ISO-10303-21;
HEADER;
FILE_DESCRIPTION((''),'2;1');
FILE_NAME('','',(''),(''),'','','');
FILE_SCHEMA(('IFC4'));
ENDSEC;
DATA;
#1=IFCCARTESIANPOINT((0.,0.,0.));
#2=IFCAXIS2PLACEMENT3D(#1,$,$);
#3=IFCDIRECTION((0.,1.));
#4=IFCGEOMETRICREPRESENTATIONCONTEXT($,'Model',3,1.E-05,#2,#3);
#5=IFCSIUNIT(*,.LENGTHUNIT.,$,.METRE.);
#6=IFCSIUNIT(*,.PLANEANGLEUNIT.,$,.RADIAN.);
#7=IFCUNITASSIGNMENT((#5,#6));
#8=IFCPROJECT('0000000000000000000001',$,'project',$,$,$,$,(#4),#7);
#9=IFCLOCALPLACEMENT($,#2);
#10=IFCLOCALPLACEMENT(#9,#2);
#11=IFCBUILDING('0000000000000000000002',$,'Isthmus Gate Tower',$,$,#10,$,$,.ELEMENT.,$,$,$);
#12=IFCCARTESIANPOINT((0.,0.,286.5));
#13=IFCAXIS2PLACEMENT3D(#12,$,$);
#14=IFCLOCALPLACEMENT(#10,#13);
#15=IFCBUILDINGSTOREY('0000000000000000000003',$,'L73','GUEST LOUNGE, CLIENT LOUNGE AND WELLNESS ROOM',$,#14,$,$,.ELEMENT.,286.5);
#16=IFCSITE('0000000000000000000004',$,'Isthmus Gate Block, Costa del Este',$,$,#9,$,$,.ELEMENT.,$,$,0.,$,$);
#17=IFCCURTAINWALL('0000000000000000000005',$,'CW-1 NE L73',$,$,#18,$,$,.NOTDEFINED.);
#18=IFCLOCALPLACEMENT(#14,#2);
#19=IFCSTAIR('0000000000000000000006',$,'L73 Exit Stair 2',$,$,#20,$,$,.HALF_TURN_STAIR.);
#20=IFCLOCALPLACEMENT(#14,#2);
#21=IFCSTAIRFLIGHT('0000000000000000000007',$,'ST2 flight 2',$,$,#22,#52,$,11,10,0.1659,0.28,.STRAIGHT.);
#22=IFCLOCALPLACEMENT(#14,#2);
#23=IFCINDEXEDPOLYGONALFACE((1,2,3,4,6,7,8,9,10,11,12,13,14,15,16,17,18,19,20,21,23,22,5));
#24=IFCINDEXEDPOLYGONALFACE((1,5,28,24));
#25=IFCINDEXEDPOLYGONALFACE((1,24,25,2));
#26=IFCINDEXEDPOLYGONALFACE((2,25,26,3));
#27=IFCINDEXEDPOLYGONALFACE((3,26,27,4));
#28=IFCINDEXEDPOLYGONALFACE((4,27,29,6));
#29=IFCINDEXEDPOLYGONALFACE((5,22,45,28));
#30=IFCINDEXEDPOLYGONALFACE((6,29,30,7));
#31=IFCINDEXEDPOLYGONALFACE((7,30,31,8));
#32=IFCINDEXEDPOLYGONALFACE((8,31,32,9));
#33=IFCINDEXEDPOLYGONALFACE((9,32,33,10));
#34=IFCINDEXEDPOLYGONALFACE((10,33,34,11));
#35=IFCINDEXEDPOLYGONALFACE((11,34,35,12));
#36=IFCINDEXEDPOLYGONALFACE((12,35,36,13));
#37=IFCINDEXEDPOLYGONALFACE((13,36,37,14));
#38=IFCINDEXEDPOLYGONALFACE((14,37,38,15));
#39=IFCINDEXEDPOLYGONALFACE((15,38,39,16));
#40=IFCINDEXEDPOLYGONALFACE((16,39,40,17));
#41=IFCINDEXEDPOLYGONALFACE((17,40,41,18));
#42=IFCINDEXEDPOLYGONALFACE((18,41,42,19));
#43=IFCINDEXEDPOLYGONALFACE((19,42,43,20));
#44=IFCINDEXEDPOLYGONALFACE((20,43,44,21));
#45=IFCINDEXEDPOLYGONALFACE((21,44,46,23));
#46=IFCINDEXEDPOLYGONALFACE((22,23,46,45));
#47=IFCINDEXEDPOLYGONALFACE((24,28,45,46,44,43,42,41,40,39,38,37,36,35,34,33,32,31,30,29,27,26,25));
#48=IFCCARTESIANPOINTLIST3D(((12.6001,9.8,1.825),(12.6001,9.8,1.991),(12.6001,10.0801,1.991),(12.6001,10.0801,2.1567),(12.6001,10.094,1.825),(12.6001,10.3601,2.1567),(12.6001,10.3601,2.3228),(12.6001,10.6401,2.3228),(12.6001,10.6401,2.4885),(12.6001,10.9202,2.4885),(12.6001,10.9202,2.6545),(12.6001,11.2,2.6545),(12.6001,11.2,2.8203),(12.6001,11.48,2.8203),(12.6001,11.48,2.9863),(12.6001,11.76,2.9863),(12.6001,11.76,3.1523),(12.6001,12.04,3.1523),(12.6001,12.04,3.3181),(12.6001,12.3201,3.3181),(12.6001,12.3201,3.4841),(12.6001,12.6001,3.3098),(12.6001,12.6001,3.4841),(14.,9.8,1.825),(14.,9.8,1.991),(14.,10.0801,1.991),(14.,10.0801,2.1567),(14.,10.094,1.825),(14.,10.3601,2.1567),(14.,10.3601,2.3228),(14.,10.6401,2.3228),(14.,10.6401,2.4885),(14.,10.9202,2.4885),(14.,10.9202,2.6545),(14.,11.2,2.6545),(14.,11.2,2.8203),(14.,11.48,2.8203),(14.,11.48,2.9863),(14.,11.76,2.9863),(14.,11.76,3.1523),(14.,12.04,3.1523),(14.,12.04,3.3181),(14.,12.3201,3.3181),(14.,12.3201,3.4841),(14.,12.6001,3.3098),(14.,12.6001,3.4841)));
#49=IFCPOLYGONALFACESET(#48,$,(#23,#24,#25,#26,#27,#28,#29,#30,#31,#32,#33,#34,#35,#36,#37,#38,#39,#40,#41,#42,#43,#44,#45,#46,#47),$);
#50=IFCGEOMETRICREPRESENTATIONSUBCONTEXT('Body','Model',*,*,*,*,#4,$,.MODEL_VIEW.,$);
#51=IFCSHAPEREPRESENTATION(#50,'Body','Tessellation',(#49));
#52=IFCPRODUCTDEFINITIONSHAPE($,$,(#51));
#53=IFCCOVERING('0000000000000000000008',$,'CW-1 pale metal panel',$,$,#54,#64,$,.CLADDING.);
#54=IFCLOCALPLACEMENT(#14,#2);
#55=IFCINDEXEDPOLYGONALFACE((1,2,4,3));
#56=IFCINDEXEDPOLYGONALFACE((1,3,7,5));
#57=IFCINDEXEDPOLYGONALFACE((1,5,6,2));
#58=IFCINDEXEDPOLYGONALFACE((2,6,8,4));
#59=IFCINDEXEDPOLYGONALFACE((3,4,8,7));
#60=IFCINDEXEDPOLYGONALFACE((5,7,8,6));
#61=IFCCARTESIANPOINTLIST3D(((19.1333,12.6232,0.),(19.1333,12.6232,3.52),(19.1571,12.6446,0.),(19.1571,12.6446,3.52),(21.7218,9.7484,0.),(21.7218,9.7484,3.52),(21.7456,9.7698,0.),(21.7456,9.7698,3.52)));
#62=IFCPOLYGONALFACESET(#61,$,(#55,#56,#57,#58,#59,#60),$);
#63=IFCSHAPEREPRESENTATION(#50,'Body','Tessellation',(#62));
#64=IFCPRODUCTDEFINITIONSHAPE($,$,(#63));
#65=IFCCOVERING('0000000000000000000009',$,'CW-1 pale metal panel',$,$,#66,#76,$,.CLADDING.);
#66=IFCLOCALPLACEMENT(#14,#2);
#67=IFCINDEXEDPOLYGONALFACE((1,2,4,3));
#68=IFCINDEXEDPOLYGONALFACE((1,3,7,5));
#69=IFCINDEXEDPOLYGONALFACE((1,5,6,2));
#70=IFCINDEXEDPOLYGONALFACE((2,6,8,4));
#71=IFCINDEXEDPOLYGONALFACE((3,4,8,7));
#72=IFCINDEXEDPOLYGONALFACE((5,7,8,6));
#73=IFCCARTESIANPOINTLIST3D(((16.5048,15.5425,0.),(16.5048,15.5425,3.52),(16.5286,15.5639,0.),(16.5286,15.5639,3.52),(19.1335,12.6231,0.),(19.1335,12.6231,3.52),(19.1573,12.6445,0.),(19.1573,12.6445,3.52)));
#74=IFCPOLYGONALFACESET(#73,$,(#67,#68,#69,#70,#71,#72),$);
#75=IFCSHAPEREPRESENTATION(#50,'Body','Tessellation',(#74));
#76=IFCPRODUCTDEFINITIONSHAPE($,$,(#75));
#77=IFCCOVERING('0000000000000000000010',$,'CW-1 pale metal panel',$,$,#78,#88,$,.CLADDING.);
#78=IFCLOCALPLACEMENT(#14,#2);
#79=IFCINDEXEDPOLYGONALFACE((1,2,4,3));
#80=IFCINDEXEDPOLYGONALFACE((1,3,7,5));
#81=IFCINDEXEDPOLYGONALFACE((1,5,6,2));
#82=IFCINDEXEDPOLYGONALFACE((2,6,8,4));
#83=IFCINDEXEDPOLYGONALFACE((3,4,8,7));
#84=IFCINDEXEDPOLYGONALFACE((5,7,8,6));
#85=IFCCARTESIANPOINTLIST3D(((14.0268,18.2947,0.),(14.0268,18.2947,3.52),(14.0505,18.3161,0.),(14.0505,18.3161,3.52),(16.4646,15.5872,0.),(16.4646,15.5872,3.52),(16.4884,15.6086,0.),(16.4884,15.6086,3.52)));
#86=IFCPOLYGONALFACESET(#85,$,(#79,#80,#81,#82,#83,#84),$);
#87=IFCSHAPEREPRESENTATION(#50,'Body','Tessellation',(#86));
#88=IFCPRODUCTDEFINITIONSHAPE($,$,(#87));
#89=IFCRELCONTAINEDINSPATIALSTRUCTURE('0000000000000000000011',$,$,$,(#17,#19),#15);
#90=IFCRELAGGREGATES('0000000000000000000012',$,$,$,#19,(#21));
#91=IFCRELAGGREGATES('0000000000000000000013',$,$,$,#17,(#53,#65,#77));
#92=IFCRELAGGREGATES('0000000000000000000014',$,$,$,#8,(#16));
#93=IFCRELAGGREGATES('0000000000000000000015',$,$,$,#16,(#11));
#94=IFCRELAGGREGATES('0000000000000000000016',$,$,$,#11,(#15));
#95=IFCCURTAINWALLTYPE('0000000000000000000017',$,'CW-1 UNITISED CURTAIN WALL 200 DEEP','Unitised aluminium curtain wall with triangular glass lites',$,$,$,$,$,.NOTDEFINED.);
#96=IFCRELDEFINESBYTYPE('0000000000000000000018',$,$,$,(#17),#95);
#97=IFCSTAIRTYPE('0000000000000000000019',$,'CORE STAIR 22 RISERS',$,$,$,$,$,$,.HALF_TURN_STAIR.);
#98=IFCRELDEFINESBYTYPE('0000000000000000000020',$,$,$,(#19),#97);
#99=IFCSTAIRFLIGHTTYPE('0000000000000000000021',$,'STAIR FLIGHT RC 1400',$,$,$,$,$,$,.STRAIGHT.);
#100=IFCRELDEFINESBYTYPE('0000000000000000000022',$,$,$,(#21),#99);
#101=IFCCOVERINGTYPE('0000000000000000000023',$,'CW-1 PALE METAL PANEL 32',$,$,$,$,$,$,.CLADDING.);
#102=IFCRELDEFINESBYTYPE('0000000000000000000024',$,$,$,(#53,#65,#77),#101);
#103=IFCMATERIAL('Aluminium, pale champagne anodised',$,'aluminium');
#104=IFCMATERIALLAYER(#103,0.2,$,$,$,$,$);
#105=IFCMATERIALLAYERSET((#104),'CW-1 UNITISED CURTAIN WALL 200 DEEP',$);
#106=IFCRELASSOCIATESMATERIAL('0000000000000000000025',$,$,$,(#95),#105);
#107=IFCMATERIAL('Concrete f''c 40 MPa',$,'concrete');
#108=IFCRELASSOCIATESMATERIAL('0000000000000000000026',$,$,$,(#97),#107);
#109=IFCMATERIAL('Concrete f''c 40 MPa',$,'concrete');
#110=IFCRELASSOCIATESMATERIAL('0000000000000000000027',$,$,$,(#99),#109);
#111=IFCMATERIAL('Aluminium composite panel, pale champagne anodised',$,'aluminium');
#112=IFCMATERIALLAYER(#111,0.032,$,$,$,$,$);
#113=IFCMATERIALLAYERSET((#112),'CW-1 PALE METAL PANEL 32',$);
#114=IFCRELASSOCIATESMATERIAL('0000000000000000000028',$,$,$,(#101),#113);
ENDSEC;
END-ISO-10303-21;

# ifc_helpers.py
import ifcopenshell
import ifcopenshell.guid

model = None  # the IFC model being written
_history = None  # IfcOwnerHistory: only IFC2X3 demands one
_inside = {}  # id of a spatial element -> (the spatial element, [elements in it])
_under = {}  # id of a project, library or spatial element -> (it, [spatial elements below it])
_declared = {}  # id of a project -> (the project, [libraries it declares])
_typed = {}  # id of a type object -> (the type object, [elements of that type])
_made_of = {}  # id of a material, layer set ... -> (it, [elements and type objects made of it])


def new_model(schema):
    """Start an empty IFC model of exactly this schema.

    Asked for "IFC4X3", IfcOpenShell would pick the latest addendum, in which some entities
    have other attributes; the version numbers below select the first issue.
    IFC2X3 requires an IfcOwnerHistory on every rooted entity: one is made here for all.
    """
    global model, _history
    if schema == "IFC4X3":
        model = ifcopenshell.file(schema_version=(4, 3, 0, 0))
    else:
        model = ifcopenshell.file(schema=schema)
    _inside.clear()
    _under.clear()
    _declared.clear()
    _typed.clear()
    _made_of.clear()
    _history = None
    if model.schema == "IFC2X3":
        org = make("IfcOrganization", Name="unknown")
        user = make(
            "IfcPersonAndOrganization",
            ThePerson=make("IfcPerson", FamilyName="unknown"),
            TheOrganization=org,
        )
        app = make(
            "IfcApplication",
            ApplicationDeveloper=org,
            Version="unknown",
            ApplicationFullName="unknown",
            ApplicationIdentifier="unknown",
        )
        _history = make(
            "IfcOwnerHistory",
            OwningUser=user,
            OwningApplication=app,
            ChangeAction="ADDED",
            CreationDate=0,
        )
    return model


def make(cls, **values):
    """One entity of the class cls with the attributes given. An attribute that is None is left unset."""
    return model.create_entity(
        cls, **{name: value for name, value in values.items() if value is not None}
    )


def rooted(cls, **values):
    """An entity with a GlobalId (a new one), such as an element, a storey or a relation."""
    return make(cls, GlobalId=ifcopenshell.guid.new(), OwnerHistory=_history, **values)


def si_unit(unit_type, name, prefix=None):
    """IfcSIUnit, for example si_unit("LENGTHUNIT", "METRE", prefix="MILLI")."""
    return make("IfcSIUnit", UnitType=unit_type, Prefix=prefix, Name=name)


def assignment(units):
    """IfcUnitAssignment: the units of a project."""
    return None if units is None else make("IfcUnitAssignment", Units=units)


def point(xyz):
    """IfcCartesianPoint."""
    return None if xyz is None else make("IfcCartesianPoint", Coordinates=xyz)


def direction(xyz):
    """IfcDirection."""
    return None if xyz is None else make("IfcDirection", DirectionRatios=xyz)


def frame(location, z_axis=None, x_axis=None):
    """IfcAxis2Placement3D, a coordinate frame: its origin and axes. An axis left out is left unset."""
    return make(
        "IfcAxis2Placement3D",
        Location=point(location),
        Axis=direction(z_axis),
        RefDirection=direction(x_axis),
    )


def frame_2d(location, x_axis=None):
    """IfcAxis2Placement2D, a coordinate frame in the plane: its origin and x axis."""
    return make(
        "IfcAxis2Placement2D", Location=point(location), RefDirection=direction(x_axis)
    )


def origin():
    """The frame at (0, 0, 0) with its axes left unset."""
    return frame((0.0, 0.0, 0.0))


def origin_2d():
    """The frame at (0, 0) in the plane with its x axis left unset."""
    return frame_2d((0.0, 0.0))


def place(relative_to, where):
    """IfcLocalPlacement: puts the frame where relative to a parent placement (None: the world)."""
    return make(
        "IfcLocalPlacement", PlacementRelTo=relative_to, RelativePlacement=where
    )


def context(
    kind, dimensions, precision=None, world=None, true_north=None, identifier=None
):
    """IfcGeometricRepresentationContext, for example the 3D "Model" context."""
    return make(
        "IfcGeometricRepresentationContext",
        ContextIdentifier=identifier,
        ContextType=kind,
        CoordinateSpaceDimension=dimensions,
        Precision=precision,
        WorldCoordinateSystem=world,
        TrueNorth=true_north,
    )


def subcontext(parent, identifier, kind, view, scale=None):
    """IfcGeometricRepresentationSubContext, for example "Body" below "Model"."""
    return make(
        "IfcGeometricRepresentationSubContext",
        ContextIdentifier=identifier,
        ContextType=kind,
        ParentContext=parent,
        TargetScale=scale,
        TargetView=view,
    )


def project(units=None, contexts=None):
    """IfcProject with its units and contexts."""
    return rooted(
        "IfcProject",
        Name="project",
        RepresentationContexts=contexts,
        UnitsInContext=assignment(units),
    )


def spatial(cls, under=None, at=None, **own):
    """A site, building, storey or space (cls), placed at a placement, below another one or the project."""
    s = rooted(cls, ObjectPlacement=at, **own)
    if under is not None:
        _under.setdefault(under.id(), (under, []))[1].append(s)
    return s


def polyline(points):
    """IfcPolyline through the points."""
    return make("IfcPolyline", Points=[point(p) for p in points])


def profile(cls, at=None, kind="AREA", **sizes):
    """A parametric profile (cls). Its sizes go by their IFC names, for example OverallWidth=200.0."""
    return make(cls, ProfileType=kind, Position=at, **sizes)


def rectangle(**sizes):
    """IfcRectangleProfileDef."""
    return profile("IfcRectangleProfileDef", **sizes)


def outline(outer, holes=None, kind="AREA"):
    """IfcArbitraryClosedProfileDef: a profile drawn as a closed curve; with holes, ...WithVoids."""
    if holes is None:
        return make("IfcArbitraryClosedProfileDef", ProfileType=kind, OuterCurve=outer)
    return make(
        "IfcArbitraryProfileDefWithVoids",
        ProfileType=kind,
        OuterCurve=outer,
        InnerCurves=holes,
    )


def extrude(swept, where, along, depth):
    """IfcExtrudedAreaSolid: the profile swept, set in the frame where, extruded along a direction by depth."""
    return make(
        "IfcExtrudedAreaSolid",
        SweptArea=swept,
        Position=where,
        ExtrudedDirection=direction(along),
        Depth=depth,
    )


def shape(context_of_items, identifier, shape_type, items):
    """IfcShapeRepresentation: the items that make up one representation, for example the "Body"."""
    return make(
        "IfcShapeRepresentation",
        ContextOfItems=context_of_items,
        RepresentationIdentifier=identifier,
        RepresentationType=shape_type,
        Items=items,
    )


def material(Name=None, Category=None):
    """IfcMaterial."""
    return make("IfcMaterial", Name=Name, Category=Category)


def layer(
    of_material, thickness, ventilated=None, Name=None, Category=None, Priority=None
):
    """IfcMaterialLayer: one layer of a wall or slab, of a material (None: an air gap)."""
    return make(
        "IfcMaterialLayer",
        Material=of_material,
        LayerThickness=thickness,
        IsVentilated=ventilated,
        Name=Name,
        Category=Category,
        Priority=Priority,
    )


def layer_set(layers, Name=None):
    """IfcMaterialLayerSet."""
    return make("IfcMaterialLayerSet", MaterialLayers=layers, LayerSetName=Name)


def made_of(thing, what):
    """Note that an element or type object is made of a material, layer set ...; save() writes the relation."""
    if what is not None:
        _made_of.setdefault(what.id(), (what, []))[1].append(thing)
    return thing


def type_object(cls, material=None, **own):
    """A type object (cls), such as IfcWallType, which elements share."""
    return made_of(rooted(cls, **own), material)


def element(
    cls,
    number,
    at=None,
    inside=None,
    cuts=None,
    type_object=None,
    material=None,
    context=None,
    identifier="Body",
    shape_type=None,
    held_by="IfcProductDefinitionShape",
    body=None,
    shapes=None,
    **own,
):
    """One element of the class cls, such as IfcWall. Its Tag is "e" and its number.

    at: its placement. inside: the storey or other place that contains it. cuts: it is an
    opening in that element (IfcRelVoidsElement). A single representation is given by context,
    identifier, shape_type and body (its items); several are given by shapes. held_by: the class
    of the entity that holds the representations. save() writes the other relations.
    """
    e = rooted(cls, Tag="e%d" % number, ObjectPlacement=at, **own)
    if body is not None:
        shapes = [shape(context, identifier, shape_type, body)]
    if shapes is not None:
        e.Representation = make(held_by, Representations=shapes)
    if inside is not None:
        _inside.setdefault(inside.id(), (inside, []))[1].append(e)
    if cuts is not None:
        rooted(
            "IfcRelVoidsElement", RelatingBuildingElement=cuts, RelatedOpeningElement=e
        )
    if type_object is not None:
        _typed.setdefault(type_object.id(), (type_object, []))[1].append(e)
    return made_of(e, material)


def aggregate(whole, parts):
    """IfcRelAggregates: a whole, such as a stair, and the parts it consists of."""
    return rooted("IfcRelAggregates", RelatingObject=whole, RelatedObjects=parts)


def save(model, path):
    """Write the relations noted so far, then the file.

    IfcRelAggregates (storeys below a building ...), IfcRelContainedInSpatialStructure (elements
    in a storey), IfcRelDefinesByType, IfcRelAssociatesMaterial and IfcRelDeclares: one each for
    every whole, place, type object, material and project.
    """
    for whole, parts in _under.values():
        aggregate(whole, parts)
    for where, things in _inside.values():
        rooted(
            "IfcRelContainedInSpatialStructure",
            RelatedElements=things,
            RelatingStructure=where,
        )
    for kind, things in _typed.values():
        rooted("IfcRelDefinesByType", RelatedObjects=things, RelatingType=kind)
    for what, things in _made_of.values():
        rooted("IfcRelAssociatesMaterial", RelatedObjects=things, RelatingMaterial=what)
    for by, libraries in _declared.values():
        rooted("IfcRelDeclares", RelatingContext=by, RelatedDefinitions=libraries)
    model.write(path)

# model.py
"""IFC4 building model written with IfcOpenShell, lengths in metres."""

from ifc_helpers import new_model, si_unit, direction, frame, origin, origin_2d, place, context, subcontext, project, spatial, polyline, rectangle, outline, extrude, material, layer, layer_set, type_object, element, aggregate, save


model = new_model("IFC4")

# Units and contexts
model_context = context("Model", 3, precision=1e-05, world=origin(), true_north=direction((0.0, 1.0)))
body_context = subcontext(model_context, "Body", "Model", "MODEL_VIEW")
ifc_project = project(units=[si_unit("LENGTHUNIT", "METRE"), si_unit("PLANEANGLEUNIT", "RADIAN")], contexts=[model_context])

# Site, building, storey
site_placement = place(None, origin())
site = spatial("IfcSite", under=ifc_project, at=site_placement, Name="Isthmus Gate Block, Costa del Este", CompositionType="ELEMENT", RefElevation=0.0)
building_placement = place(site_placement, origin())
building = spatial("IfcBuilding", under=site, at=building_placement, Name="Isthmus Gate Tower", CompositionType="ELEMENT")
storey_placement = place(building_placement, frame((0.0, 0.0, 286.5)))
storey = spatial("IfcBuildingStorey", under=building, at=storey_placement, Name="L73", Description="GUEST LOUNGE, CLIENT LOUNGE AND WELLNESS ROOM", CompositionType="ELEMENT", Elevation=286.5)

# Curtain wall
ifc_material_1 = material(Name="Aluminium, pale champagne anodised", Category="aluminium")
ifc_layer_1 = layer(ifc_material_1, 0.2)
ifc_layer_set_1 = layer_set([ifc_layer_1], Name="CW-1 UNITISED CURTAIN WALL 200 DEEP")
curtain_wall_type = type_object("IfcCurtainWallType", Name="CW-1 UNITISED CURTAIN WALL 200 DEEP", Description="Unitised aluminium curtain wall with triangular glass lites", PredefinedType="NOTDEFINED", material=ifc_layer_set_1)
curtain_wall_placement = place(storey_placement, origin())
curtain_wall = element("IfcCurtainWall", 1, at=curtain_wall_placement, inside=storey, type_object=curtain_wall_type, Name="CW-1 NE L73", PredefinedType="NOTDEFINED")

# Stair, stair flight
ifc_material_2 = material(Name="Concrete f'c 40 MPa", Category="concrete")
stair_type = type_object("IfcStairType", Name="CORE STAIR 22 RISERS", PredefinedType="HALF_TURN_STAIR", material=ifc_material_2)
stair_placement = place(storey_placement, origin())
stair = element("IfcStair", 2, at=stair_placement, inside=storey, type_object=stair_type, Name="L73 Exit Stair 2", PredefinedType="HALF_TURN_STAIR")
ifc_material_3 = material(Name="Concrete f'c 40 MPa", Category="concrete")
stair_flight_type = type_object("IfcStairFlightType", Name="STAIR FLIGHT RC 1400", PredefinedType="STRAIGHT", material=ifc_material_3)
stair_flight_placement = place(storey_placement, frame((13.3, 9.8, 1.825), z_axis=(0.0, 0.0, 1.0), x_axis=(0.0, 1.0, 0.0)))
stair_flight = element("IfcStairFlight", 3, at=stair_flight_placement, type_object=stair_flight_type, Name="ST2 flight 2", NumberOfRisers=11, NumberOfTreads=10, PredefinedType="STRAIGHT", RiserHeight=0.1659, TreadLength=0.28, context=body_context, shape_type="SweptSolid", body=[
    extrude(outline(polyline([(0.0, 0.0), (0.0, 0.166), (0.28, 0.166), (0.28, 0.3318), (0.5601, 0.3318), (0.5601, 0.4978), (0.8401, 0.4978), (0.8401, 0.6636), (1.1201, 0.6636), (1.1201, 0.8296), (1.3999, 0.8296), (1.3999, 0.9954), (1.6799, 0.9954), (1.6799, 1.1614), (1.96, 1.1614), (1.96, 1.3274), (2.24, 1.3274), (2.24, 1.4932), (2.52, 1.4932), (2.52, 1.6592), (2.8, 1.6592), (2.8, 1.825), (2.8, 1.4849), (0.2939, 0.0), (0.0, 0.0)])), frame((0.0, 0.7, 0.0), z_axis=(0.0, -1.0, 0.0), x_axis=(1.0, 0.0, 0.0)), (0.0, 0.0, 1.0), 1.3999),
])
aggregate(stair, [stair_flight])

# Coverings
ifc_material_4 = material(Name="Aluminium composite panel, pale champagne anodised", Category="aluminium")
ifc_layer_2 = layer(ifc_material_4, 0.032)
ifc_layer_set_2 = layer_set([ifc_layer_2], Name="CW-1 PALE METAL PANEL 32")
covering_type = type_object("IfcCoveringType", Name="CW-1 PALE METAL PANEL 32", PredefinedType="CLADDING", material=ifc_layer_set_2)
covering_1_placement = place(storey_placement, frame((20.4395, 11.1965, 0.0), z_axis=(0.0, 0.0, 1.0), x_axis=(-0.669131, 0.743145, 0.0)))
covering_1 = element("IfcCovering", 4, at=covering_1_placement, type_object=covering_type, Name="CW-1 pale metal panel", PredefinedType="CLADDING", context=body_context, shape_type="SweptSolid", body=[
    extrude(rectangle(XDim=3.8684, YDim=0.032, at=origin_2d()), origin(), (0.0, 0.0, 1.0), 3.52),
])
covering_2_placement = place(storey_placement, frame((17.8311, 14.0935, 0.0), z_axis=(0.0, 0.0, 1.0), x_axis=(-0.669131, 0.743145, 0.0)))
covering_2 = element("IfcCovering", 5, at=covering_2_placement, type_object=covering_type, Name="CW-1 pale metal panel", PredefinedType="CLADDING", context=body_context, shape_type="SweptSolid", body=[
    extrude(rectangle(XDim=3.9285, YDim=0.032, at=origin_2d()), origin(), (0.0, 0.0, 1.0), 3.52),
])
covering_3_placement = place(storey_placement, frame((15.2576, 16.9517, 0.0), z_axis=(0.0, 0.0, 1.0), x_axis=(-0.669131, 0.743145, 0.0)))
covering_3 = element("IfcCovering", 6, at=covering_3_placement, type_object=covering_type, Name="CW-1 pale metal panel", PredefinedType="CLADDING", context=body_context, shape_type="SweptSolid", body=[
    extrude(rectangle(XDim=3.6433, YDim=0.032, at=origin_2d()), origin(), (0.0, 0.0, 1.0), 3.52),
])
aggregate(curtain_wall, [covering_1, covering_2, covering_3])

save(model, "model.ifc")
